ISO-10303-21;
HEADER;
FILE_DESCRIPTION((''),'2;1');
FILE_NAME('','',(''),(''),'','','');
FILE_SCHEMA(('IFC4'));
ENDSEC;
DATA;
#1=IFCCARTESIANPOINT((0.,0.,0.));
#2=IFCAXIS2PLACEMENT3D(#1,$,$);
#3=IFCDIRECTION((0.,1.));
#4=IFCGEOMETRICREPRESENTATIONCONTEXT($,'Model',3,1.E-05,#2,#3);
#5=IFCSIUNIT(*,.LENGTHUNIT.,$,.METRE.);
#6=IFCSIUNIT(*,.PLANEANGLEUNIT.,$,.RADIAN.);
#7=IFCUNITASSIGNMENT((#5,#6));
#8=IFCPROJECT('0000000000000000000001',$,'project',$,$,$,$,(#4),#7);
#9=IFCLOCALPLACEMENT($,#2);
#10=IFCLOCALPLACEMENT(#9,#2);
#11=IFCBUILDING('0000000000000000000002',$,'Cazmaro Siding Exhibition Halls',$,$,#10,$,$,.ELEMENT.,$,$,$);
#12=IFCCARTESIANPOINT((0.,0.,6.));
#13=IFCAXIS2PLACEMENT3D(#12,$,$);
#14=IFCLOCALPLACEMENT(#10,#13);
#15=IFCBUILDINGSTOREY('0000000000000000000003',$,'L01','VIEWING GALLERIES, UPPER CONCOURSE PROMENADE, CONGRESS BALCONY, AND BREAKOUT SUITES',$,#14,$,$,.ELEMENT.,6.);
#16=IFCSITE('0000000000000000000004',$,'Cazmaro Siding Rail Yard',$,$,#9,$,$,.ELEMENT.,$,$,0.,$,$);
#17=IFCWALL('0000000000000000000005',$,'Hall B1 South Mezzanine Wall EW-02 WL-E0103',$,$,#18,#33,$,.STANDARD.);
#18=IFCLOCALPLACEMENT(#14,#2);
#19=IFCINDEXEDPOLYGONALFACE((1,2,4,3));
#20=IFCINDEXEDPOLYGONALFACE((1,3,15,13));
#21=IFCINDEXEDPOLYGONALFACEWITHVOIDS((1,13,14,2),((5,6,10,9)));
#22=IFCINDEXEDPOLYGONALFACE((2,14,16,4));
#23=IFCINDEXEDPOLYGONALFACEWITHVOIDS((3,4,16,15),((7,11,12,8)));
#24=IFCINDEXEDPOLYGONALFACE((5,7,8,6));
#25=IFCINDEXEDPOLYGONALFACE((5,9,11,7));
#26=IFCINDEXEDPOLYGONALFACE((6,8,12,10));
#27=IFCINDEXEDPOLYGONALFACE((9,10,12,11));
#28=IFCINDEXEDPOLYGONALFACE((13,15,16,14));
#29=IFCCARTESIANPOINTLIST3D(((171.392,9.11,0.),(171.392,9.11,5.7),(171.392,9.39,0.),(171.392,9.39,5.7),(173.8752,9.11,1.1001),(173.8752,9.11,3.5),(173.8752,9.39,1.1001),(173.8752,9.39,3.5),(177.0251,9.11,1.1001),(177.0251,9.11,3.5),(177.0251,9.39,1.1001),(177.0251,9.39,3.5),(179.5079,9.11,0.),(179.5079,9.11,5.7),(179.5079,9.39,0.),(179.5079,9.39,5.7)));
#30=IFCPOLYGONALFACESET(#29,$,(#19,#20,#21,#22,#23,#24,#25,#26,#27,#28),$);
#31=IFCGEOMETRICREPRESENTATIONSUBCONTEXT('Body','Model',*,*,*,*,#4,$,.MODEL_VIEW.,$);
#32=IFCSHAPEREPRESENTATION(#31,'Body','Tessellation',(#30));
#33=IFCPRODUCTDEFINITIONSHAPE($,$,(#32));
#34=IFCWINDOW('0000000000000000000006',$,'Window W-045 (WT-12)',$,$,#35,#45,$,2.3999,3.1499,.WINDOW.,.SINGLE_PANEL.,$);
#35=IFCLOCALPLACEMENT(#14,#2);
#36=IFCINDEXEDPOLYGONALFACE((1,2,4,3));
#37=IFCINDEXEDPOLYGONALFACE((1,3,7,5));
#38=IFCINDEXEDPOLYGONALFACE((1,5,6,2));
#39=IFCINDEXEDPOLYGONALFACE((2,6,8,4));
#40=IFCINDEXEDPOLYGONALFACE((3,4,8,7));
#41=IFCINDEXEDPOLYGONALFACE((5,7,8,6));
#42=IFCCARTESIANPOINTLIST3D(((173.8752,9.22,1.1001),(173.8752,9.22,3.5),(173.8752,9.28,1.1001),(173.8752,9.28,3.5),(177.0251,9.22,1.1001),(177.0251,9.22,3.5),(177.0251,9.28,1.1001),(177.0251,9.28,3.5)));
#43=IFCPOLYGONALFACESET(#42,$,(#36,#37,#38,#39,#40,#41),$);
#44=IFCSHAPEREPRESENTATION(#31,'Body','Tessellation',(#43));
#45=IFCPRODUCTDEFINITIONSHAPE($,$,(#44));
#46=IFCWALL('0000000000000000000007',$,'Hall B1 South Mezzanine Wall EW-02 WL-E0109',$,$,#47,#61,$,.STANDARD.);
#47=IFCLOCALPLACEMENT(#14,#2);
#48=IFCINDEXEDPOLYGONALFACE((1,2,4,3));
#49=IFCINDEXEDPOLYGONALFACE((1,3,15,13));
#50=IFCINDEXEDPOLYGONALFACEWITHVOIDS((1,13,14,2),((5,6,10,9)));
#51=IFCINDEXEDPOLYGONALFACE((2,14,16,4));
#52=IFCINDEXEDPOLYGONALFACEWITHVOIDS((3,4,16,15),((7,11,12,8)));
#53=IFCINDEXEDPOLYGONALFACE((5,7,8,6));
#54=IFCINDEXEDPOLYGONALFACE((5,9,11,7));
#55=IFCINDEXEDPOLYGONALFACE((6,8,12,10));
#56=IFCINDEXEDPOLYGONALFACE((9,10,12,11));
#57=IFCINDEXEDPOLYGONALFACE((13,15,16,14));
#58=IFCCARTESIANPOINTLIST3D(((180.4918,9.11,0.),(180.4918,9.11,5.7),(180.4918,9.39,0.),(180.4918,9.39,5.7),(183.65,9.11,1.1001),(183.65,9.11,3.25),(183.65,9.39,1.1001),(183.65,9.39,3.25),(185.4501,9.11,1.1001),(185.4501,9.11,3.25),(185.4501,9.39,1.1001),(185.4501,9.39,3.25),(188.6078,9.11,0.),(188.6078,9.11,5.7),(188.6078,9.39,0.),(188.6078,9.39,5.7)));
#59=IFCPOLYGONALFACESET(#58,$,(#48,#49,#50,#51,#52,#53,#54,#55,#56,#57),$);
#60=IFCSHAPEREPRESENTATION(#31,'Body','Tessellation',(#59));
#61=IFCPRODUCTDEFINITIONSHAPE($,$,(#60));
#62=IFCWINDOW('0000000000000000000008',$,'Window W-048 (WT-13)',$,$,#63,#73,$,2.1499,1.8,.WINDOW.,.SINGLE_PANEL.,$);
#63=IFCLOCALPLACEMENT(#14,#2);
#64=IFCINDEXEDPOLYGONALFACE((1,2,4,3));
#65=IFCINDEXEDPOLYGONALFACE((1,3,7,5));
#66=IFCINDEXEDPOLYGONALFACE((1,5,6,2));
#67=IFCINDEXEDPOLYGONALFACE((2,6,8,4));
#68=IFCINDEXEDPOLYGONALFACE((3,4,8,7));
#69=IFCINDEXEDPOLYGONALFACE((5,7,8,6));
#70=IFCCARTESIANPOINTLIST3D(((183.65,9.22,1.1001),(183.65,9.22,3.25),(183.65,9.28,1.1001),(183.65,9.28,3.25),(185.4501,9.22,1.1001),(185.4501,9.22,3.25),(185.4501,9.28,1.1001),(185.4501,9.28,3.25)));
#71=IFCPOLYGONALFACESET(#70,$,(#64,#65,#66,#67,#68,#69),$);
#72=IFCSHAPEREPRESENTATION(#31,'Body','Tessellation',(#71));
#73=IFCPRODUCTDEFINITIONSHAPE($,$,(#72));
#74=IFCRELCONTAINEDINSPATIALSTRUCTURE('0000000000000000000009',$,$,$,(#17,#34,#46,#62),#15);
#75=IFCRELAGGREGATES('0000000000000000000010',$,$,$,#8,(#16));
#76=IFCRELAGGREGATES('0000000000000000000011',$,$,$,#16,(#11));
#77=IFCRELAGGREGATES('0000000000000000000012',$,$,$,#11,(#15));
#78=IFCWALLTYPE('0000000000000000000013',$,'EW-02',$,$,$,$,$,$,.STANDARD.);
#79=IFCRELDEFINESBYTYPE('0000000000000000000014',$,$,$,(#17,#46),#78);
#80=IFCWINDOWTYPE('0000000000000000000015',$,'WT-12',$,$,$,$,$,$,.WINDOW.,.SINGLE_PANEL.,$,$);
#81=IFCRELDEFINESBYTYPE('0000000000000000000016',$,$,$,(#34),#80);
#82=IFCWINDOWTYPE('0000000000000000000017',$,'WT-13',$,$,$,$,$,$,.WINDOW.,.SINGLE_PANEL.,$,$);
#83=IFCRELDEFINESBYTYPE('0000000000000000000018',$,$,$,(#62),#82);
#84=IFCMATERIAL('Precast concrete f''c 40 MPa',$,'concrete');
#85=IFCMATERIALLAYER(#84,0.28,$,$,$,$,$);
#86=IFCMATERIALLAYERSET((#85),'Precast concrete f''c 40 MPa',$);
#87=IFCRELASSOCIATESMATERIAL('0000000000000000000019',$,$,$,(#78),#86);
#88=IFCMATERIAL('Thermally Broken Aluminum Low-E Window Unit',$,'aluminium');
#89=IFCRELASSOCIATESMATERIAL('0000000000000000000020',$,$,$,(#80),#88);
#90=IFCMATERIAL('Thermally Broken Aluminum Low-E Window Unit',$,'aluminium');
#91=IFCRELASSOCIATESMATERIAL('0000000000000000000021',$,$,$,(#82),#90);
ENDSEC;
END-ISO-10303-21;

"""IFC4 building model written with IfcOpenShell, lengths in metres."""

from ifc_helpers import new_model, si_unit, direction, frame, frame_2d, origin, place, context, subcontext, project, spatial, rectangle, extrude, material, layer, layer_set, type_object, element, fill, save


model = new_model("IFC4")

# Units and contexts
model_context = context("Model", 3, precision=1e-05, world=origin(), true_north=direction((0.0, 1.0)))
body_context = subcontext(model_context, "Body", "Model", "MODEL_VIEW")
ifc_project = project(units=[si_unit("LENGTHUNIT", "METRE"), si_unit("PLANEANGLEUNIT", "RADIAN")], contexts=[model_context])

# Site, building, storey
site_placement = place(None, origin())
site = spatial("IfcSite", under=ifc_project, at=site_placement, Name="Cazmaro Siding Rail Yard", CompositionType="ELEMENT", RefElevation=0.0)
building_placement = place(site_placement, origin())
building = spatial("IfcBuilding", under=site, at=building_placement, Name="Cazmaro Siding Exhibition Halls", CompositionType="ELEMENT")
storey_placement = place(building_placement, frame((0.0, 0.0, 6.0)))
storey = spatial("IfcBuildingStorey", under=building, at=storey_placement, Name="L01", Description="VIEWING GALLERIES, UPPER CONCOURSE PROMENADE, CONGRESS BALCONY, AND BREAKOUT SUITES", CompositionType="ELEMENT", Elevation=6.0)

# Walls, openings, windows
ifc_material_1 = material(Name="Precast concrete f'c 40 MPa", Category="concrete")
ifc_layer = layer(ifc_material_1, 0.28)
ifc_layer_set = layer_set([ifc_layer], Name="Precast concrete f'c 40 MPa")
wall_type = type_object("IfcWallType", Name="EW-02", PredefinedType="STANDARD", material=ifc_layer_set)
wall_1_placement = place(storey_placement, frame((179.5081, 9.25, 0.0), z_axis=(0.0, 0.0, 1.0), x_axis=(-1.0, 0.0, 0.0)))
wall_1 = element("IfcWall", 1, at=wall_1_placement, inside=storey, type_object=wall_type, Name="Hall B1 South Mezzanine Wall EW-02 WL-E0103", PredefinedType="STANDARD", context=body_context, shape_type="SweptSolid", body=[
    extrude(rectangle(XDim=8.116, YDim=0.28, at=frame_2d((4.0581, 0.0))), origin(), (0.0, 0.0, 1.0), 5.7),
])
opening_1_placement = place(wall_1_placement, frame((2.4829, 0.0, 1.1001)))
opening_1 = element("IfcOpeningElement", 2, at=opening_1_placement, cuts=wall_1, PredefinedType="OPENING", context=body_context, shape_type="SweptSolid", body=[
    extrude(rectangle(XDim=3.1499, YDim=2.3999, at=frame_2d((1.575, 1.2))), frame((0.0, 0.1499, 0.0), z_axis=(0.0, -1.0, 0.0), x_axis=(1.0, 0.0, 0.0)), (0.0, 0.0, 1.0), 0.3),
])
ifc_material_2 = material(Name="Thermally Broken Aluminum Low-E Window Unit", Category="aluminium")
window_type_1 = type_object("IfcWindowType", Name="WT-12", PartitioningType="SINGLE_PANEL", PredefinedType="WINDOW", material=ifc_material_2)
window_1_placement = place(opening_1_placement, origin())
window_1 = element("IfcWindow", 3, at=window_1_placement, inside=storey, type_object=window_type_1, Name="Window W-045 (WT-12)", OverallHeight=2.3999, OverallWidth=3.1499, PartitioningType="SINGLE_PANEL", PredefinedType="WINDOW", context=body_context, shape_type="SweptSolid", body=[
    extrude(rectangle(XDim=3.1499, YDim=2.3999, at=frame_2d((1.575, 1.2))), frame((0.0, 0.03, 0.0), z_axis=(0.0, -1.0, 0.0), x_axis=(1.0, 0.0, 0.0)), (0.0, 0.0, 1.0), 0.0601),
])
fill(opening_1, window_1)
wall_2_placement = place(storey_placement, frame((188.6079, 9.25, 0.0), z_axis=(0.0, 0.0, 1.0), x_axis=(-1.0, 0.0, 0.0)))
wall_2 = element("IfcWall", 4, at=wall_2_placement, inside=storey, type_object=wall_type, Name="Hall B1 South Mezzanine Wall EW-02 WL-E0109", PredefinedType="STANDARD", context=body_context, shape_type="SweptSolid", body=[
    extrude(rectangle(XDim=8.116, YDim=0.28, at=frame_2d((4.0581, 0.0))), origin(), (0.0, 0.0, 1.0), 5.7),
])
opening_2_placement = place(wall_2_placement, frame((3.158, 0.0, 1.1001)))
opening_2 = element("IfcOpeningElement", 5, at=opening_2_placement, cuts=wall_2, PredefinedType="OPENING", context=body_context, shape_type="SweptSolid", body=[
    extrude(rectangle(XDim=1.8, YDim=2.1499, at=frame_2d((0.8999, 1.075))), frame((0.0, 0.1499, 0.0), z_axis=(0.0, -1.0, 0.0), x_axis=(1.0, 0.0, 0.0)), (0.0, 0.0, 1.0), 0.3),
])
ifc_material_3 = material(Name="Thermally Broken Aluminum Low-E Window Unit", Category="aluminium")
window_type_2 = type_object("IfcWindowType", Name="WT-13", PartitioningType="SINGLE_PANEL", PredefinedType="WINDOW", material=ifc_material_3)
window_2_placement = place(opening_2_placement, origin())
window_2 = element("IfcWindow", 6, at=window_2_placement, inside=storey, type_object=window_type_2, Name="Window W-048 (WT-13)", OverallHeight=2.1499, OverallWidth=1.8, PartitioningType="SINGLE_PANEL", PredefinedType="WINDOW", context=body_context, shape_type="SweptSolid", body=[
    extrude(rectangle(XDim=1.8, YDim=2.1499, at=frame_2d((0.8999, 1.075))), frame((0.0, 0.03, 0.0), z_axis=(0.0, -1.0, 0.0), x_axis=(1.0, 0.0, 0.0)), (0.0, 0.0, 1.0), 0.0601),
])
fill(opening_2, window_2)

save(model, "model.ifc")
